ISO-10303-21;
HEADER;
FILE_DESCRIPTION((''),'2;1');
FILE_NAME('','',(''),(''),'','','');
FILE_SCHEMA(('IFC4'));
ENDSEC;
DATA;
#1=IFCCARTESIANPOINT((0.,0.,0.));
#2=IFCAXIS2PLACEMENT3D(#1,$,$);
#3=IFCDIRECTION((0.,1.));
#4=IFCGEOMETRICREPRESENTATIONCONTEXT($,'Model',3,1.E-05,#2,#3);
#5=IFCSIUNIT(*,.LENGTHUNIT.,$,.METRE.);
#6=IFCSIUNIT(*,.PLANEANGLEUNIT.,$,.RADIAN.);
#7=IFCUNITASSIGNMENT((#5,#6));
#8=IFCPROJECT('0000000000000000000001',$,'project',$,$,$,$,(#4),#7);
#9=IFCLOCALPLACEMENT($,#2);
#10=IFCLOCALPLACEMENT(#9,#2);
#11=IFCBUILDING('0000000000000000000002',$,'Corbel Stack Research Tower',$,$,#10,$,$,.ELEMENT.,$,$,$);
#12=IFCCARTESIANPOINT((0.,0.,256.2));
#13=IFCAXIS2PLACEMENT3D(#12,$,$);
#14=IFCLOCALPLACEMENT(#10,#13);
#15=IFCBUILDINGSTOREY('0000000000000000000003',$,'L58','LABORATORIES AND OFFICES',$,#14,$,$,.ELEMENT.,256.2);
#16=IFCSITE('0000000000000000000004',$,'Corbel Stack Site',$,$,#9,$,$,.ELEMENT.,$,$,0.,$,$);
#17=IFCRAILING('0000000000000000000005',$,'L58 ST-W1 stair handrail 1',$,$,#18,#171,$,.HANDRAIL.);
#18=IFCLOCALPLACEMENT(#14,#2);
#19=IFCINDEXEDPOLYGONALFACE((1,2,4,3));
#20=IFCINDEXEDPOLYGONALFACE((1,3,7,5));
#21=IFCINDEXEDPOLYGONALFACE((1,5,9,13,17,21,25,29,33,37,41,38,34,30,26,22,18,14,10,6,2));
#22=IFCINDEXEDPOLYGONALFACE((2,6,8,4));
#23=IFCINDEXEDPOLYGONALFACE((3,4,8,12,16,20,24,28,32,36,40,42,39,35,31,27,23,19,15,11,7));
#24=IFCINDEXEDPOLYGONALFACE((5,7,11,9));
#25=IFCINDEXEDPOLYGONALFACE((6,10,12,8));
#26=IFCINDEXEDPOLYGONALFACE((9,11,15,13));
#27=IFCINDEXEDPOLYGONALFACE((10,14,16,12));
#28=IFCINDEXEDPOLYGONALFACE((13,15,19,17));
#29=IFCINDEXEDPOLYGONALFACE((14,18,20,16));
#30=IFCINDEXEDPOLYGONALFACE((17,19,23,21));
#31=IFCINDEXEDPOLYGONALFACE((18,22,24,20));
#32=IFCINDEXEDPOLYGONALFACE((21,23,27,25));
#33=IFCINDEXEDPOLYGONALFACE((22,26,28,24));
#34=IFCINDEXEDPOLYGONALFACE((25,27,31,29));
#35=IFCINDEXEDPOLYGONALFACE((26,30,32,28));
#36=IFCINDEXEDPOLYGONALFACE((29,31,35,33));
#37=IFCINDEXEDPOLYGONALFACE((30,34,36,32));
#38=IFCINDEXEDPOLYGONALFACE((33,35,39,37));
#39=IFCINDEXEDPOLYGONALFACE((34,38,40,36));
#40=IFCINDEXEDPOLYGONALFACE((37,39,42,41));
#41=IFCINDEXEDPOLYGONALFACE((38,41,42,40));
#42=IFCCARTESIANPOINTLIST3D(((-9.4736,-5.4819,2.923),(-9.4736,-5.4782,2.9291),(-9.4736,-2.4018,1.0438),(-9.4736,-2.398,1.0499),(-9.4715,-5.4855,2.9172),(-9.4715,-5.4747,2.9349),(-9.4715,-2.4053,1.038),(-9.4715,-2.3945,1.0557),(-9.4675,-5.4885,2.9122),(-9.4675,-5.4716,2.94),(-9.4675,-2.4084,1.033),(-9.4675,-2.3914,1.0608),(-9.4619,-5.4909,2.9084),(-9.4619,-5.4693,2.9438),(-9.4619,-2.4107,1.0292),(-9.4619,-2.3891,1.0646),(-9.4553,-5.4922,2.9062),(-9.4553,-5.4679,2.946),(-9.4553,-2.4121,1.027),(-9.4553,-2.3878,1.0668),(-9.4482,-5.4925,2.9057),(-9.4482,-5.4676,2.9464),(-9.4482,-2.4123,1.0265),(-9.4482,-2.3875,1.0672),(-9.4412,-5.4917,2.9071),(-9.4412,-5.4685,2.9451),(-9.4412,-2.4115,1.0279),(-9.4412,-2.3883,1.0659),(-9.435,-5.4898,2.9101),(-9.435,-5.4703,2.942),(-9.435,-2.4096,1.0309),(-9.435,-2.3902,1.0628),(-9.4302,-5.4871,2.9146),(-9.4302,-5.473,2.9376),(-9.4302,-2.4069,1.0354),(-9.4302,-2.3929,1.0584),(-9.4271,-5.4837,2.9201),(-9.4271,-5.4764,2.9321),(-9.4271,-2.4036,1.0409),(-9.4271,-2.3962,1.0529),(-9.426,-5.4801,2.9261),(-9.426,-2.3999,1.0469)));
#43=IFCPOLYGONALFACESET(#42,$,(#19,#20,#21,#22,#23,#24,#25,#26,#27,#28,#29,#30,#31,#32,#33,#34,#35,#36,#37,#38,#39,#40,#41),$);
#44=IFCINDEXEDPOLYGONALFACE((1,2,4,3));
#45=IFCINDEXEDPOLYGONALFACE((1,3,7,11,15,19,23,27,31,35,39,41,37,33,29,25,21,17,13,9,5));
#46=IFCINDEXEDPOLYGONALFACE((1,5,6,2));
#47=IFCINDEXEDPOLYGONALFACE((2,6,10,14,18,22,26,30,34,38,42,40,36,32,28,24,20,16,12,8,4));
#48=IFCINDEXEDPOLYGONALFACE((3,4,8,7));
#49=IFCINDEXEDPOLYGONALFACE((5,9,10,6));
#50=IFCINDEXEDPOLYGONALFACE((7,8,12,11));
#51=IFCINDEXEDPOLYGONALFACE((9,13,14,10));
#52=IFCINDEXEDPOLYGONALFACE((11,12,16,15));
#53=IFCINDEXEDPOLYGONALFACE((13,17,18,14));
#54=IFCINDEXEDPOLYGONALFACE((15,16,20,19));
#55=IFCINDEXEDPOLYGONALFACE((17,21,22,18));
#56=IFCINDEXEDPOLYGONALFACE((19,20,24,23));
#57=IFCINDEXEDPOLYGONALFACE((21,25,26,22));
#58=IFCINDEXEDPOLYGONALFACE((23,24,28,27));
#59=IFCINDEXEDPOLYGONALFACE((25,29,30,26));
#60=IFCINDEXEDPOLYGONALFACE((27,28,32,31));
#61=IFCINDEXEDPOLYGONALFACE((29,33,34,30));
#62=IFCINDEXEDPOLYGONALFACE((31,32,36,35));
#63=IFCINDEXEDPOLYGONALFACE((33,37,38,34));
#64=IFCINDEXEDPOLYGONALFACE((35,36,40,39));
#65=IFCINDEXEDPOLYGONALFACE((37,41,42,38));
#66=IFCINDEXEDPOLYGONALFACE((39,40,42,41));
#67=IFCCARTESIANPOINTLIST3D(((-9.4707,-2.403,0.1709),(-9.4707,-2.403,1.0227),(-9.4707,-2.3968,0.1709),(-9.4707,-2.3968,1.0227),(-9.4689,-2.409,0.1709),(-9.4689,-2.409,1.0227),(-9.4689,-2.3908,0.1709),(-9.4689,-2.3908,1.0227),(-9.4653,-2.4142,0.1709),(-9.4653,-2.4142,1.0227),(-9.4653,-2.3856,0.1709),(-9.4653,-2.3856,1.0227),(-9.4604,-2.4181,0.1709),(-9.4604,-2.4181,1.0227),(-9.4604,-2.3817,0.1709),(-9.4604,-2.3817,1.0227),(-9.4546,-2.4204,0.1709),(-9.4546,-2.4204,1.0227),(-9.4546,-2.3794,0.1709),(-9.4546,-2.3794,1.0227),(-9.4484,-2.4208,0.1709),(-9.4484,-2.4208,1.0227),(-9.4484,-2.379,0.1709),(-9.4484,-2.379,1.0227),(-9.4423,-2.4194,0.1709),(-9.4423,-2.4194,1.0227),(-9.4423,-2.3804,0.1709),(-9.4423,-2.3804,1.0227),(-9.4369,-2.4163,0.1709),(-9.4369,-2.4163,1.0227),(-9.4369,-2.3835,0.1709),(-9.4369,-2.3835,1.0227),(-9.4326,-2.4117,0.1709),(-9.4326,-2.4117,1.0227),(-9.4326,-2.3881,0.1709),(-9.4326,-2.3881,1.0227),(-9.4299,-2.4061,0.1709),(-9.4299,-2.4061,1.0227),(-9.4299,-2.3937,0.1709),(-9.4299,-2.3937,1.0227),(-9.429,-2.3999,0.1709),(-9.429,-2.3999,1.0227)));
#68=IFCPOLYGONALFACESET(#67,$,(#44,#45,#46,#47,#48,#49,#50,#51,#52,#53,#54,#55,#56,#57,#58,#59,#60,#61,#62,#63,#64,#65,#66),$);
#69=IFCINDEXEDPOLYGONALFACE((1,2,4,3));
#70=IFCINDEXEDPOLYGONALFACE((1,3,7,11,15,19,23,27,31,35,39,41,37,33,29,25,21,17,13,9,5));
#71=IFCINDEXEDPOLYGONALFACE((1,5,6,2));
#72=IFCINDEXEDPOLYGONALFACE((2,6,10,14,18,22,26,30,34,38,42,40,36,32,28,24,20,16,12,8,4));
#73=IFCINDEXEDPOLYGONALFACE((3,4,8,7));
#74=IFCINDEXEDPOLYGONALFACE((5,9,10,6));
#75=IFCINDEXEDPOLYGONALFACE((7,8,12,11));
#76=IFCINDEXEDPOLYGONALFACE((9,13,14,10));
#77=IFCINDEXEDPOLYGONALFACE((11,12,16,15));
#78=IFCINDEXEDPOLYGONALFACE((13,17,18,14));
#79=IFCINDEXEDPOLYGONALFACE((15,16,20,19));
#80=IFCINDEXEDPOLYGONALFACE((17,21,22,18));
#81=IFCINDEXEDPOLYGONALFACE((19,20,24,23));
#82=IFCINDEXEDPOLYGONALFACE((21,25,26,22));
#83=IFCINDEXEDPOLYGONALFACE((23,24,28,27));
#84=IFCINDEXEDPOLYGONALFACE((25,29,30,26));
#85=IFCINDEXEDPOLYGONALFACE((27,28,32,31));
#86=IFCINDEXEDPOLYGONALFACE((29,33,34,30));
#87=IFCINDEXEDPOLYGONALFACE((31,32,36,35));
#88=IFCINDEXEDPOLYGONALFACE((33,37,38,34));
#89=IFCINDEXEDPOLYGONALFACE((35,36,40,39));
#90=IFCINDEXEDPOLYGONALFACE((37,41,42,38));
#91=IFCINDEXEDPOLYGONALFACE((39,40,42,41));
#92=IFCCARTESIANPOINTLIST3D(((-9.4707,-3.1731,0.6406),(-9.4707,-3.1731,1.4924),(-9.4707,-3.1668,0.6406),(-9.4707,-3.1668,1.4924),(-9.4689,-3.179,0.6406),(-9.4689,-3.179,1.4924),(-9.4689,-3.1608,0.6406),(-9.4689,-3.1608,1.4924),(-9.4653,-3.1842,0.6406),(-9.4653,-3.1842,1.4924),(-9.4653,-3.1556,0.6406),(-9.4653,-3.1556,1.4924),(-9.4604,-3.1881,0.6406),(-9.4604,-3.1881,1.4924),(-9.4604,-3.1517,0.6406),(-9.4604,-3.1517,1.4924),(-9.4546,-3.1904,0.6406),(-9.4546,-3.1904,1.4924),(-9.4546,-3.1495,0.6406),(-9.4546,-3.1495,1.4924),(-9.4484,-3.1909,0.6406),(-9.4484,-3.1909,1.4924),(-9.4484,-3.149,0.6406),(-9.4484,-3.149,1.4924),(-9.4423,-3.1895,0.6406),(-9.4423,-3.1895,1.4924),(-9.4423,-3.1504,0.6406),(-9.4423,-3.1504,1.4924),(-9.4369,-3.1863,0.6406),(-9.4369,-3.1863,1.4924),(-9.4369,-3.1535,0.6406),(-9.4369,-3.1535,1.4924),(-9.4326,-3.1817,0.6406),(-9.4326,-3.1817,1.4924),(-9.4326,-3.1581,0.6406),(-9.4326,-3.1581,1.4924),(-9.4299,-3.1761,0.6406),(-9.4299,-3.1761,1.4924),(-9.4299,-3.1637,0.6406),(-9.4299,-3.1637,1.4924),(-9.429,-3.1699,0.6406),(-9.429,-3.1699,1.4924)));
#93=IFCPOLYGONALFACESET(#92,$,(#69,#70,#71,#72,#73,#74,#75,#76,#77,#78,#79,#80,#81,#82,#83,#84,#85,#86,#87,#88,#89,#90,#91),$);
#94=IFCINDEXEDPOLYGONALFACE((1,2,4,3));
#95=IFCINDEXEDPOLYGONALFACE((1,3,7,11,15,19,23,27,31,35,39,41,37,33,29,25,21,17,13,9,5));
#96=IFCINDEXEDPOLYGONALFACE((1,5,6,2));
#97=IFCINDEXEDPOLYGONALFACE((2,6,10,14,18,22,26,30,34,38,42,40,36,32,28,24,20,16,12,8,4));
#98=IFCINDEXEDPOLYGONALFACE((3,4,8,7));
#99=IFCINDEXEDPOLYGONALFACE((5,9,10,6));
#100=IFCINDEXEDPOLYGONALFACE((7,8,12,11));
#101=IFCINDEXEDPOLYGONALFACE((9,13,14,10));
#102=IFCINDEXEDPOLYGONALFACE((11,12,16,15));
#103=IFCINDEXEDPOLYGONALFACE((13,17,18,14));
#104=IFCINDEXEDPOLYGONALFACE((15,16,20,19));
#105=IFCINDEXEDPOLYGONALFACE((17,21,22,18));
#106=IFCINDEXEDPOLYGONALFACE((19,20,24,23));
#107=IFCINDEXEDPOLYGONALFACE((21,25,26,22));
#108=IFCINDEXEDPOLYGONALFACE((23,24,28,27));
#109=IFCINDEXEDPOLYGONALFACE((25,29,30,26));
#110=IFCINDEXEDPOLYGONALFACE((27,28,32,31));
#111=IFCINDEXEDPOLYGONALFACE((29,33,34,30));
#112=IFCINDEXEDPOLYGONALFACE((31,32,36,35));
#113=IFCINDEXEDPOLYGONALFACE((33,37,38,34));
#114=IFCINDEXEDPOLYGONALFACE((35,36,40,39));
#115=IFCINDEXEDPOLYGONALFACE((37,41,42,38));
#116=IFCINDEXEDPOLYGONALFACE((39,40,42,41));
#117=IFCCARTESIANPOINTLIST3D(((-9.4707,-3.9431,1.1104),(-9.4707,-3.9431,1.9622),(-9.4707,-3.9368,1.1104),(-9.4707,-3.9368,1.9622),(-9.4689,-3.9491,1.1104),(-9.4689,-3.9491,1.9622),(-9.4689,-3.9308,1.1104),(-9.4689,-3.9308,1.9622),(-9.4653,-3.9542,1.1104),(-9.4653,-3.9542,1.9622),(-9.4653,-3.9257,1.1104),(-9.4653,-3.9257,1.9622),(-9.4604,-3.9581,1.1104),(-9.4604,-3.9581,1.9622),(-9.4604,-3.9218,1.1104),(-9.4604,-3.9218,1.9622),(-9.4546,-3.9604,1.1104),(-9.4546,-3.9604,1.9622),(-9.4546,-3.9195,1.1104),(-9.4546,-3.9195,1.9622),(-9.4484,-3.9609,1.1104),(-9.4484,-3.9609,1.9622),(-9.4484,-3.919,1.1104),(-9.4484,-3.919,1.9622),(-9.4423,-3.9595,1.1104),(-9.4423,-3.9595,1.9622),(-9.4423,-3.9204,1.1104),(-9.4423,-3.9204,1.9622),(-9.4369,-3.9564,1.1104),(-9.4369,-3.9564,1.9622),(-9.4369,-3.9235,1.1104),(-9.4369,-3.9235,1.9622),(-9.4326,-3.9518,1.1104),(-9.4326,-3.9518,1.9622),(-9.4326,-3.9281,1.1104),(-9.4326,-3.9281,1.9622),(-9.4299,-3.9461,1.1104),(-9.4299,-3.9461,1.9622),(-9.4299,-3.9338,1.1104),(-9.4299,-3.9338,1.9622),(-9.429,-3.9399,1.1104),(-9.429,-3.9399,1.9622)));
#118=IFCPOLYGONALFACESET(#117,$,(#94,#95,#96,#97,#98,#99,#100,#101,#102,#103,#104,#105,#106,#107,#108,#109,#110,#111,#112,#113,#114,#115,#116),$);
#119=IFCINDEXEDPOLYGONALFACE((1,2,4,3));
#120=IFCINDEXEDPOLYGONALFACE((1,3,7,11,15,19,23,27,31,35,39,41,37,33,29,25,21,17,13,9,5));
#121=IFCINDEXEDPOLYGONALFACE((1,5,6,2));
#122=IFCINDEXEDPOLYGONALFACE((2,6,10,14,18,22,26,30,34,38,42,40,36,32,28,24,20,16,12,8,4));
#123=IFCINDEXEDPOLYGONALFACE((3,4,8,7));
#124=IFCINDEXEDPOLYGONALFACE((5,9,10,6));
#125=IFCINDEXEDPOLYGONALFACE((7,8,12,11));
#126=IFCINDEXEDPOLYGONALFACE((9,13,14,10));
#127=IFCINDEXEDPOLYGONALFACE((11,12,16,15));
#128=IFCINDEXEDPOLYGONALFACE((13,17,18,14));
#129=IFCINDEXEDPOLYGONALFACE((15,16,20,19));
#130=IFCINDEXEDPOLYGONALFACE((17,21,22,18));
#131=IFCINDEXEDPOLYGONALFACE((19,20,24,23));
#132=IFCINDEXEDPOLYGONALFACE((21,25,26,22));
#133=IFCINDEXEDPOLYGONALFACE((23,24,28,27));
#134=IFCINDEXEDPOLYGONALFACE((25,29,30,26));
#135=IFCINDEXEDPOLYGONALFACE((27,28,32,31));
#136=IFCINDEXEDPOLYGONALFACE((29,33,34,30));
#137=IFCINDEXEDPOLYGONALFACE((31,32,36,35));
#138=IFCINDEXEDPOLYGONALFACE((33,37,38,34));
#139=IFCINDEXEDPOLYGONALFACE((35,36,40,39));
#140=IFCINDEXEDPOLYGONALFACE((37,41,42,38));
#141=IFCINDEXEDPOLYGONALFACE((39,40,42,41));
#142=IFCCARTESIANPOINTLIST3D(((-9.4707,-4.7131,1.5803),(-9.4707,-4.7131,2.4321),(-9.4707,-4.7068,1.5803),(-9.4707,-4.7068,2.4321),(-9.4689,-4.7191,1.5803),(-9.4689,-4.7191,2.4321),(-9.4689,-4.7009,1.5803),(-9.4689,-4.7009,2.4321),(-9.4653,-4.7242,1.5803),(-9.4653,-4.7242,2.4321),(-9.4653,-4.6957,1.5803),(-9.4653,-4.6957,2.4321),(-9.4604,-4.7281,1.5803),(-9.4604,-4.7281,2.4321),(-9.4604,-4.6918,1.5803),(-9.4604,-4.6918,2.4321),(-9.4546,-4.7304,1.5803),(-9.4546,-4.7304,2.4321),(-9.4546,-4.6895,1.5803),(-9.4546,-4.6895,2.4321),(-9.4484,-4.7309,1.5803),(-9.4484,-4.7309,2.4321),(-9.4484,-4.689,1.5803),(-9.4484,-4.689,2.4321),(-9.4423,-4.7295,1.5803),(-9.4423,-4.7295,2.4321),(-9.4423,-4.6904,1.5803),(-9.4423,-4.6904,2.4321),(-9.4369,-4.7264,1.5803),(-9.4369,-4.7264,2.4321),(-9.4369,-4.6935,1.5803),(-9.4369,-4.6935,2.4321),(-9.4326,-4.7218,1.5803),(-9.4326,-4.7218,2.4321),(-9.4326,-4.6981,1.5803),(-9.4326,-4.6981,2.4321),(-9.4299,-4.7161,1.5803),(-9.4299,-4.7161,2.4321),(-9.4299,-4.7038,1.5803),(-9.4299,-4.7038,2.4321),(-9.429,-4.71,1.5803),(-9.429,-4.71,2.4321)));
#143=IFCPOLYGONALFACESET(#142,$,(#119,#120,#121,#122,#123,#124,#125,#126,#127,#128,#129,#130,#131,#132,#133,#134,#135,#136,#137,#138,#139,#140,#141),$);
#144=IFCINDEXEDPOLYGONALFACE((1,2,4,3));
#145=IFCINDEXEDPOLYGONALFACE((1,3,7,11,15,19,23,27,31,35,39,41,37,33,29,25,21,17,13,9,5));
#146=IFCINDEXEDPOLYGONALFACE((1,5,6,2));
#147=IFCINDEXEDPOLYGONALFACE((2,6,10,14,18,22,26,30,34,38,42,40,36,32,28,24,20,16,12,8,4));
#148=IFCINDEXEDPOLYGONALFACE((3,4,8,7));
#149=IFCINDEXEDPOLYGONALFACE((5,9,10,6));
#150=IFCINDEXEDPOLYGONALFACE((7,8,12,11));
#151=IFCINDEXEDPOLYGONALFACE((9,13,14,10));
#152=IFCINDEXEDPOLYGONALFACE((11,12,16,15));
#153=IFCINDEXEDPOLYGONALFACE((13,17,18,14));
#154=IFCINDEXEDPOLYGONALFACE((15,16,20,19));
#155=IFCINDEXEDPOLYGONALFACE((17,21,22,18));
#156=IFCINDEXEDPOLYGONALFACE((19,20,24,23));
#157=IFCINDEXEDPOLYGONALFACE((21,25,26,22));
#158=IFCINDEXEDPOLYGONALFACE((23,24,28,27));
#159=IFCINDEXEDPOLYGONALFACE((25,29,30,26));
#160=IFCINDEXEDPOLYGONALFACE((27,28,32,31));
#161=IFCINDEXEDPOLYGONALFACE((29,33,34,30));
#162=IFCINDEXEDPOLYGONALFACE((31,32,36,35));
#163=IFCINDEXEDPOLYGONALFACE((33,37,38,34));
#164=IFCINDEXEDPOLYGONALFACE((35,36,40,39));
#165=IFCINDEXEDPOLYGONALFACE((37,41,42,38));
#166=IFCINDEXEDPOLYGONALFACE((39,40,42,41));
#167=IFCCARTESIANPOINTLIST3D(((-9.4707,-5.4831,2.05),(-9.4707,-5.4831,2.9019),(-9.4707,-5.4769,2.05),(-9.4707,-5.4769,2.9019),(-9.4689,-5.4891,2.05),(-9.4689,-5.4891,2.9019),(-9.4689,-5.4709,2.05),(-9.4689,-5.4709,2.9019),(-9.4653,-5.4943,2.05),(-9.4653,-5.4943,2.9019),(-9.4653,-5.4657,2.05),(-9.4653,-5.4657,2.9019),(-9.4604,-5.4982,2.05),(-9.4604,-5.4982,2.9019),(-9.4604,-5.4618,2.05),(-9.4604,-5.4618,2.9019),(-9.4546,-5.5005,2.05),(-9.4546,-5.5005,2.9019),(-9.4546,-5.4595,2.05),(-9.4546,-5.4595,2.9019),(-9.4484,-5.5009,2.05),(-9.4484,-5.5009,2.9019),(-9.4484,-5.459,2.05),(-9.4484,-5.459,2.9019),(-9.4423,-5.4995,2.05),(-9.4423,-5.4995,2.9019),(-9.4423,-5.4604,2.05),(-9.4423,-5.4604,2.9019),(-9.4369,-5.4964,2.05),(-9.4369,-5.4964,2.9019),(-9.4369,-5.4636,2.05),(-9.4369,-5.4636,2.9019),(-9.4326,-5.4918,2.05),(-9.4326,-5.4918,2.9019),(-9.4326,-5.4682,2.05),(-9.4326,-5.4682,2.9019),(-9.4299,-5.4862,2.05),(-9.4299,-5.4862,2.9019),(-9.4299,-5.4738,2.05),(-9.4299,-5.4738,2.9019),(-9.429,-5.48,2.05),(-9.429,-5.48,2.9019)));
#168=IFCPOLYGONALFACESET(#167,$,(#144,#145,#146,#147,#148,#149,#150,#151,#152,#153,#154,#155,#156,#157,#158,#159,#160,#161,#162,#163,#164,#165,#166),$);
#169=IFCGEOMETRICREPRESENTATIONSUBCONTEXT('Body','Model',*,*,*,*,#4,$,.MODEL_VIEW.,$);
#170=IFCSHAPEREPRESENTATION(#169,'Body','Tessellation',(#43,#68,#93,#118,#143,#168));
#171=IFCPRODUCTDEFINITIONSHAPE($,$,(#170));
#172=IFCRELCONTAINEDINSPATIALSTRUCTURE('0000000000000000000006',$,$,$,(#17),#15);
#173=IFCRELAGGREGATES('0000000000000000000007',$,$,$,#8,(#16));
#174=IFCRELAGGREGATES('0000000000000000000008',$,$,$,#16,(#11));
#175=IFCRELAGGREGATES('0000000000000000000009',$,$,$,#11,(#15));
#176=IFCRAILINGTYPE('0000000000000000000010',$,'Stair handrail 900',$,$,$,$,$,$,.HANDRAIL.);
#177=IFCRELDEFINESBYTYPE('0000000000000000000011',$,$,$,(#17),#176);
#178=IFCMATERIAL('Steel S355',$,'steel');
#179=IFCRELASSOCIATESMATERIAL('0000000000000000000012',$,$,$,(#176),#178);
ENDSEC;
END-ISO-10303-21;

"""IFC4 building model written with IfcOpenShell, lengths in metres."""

from ifc_helpers import new_model, si_unit, direction, frame, origin, origin_2d, place, context, subcontext, project, spatial, circle, extrude, material, type_object, element, save


model = new_model("IFC4")

# Units and contexts
model_context = context("Model", 3, precision=1e-05, world=origin(), true_north=direction((0.0, 1.0)))
body_context = subcontext(model_context, "Body", "Model", "MODEL_VIEW")
ifc_project = project(units=[si_unit("LENGTHUNIT", "METRE"), si_unit("PLANEANGLEUNIT", "RADIAN")], contexts=[model_context])

# Site, building, storey
site_placement = place(None, origin())
site = spatial("IfcSite", under=ifc_project, at=site_placement, Name="Corbel Stack Site", CompositionType="ELEMENT", RefElevation=0.0)
building_placement = place(site_placement, origin())
building = spatial("IfcBuilding", under=site, at=building_placement, Name="Corbel Stack Research Tower", CompositionType="ELEMENT")
storey_placement = place(building_placement, frame((0.0, 0.0, 256.2)))
storey = spatial("IfcBuildingStorey", under=building, at=storey_placement, Name="L58", Description="LABORATORIES AND OFFICES", CompositionType="ELEMENT", Elevation=256.2)

# Railing
ifc_material_1 = material(Name="Steel S355", Category="steel")
railing_type_1 = type_object("IfcRailingType", Name="Stair handrail 900", PredefinedType="HANDRAIL", material=ifc_material_1)
railing_1_placement = place(storey_placement, frame((-9.45, -2.3999, 0.1709)))
element("IfcRailing", 1, at=railing_1_placement, inside=storey, type_object=railing_type_1, Name="L58 ST-W1 stair handrail 1", PredefinedType="HANDRAIL", context=body_context, shape_type="SweptSolid", body=[
    extrude(circle(Radius=0.0239, at=origin_2d()), frame((0.0, 0.0, 0.876), z_axis=(0.0, -0.853666, 0.52082), x_axis=(1.0, 0.0, 0.0)), (0.0, 0.0, 1.0), 3.6082),
    extrude(circle(Radius=0.021, at=origin_2d()), origin(), (0.0, 0.0, 1.0), 0.8518),
    extrude(circle(Radius=0.021, at=origin_2d()), frame((0.0, -0.77, 0.4697)), (0.0, 0.0, 1.0), 0.8518),
    extrude(circle(Radius=0.021, at=origin_2d()), frame((0.0, -1.54, 0.9395)), (0.0, 0.0, 1.0), 0.8518),
    extrude(circle(Radius=0.021, at=origin_2d()), frame((0.0, -2.3101, 1.4094)), (0.0, 0.0, 1.0), 0.8518),
    extrude(circle(Radius=0.021, at=origin_2d()), frame((0.0, -3.0801, 1.8792)), (0.0, 0.0, 1.0), 0.8518),
])

save(model, "model.ifc")
